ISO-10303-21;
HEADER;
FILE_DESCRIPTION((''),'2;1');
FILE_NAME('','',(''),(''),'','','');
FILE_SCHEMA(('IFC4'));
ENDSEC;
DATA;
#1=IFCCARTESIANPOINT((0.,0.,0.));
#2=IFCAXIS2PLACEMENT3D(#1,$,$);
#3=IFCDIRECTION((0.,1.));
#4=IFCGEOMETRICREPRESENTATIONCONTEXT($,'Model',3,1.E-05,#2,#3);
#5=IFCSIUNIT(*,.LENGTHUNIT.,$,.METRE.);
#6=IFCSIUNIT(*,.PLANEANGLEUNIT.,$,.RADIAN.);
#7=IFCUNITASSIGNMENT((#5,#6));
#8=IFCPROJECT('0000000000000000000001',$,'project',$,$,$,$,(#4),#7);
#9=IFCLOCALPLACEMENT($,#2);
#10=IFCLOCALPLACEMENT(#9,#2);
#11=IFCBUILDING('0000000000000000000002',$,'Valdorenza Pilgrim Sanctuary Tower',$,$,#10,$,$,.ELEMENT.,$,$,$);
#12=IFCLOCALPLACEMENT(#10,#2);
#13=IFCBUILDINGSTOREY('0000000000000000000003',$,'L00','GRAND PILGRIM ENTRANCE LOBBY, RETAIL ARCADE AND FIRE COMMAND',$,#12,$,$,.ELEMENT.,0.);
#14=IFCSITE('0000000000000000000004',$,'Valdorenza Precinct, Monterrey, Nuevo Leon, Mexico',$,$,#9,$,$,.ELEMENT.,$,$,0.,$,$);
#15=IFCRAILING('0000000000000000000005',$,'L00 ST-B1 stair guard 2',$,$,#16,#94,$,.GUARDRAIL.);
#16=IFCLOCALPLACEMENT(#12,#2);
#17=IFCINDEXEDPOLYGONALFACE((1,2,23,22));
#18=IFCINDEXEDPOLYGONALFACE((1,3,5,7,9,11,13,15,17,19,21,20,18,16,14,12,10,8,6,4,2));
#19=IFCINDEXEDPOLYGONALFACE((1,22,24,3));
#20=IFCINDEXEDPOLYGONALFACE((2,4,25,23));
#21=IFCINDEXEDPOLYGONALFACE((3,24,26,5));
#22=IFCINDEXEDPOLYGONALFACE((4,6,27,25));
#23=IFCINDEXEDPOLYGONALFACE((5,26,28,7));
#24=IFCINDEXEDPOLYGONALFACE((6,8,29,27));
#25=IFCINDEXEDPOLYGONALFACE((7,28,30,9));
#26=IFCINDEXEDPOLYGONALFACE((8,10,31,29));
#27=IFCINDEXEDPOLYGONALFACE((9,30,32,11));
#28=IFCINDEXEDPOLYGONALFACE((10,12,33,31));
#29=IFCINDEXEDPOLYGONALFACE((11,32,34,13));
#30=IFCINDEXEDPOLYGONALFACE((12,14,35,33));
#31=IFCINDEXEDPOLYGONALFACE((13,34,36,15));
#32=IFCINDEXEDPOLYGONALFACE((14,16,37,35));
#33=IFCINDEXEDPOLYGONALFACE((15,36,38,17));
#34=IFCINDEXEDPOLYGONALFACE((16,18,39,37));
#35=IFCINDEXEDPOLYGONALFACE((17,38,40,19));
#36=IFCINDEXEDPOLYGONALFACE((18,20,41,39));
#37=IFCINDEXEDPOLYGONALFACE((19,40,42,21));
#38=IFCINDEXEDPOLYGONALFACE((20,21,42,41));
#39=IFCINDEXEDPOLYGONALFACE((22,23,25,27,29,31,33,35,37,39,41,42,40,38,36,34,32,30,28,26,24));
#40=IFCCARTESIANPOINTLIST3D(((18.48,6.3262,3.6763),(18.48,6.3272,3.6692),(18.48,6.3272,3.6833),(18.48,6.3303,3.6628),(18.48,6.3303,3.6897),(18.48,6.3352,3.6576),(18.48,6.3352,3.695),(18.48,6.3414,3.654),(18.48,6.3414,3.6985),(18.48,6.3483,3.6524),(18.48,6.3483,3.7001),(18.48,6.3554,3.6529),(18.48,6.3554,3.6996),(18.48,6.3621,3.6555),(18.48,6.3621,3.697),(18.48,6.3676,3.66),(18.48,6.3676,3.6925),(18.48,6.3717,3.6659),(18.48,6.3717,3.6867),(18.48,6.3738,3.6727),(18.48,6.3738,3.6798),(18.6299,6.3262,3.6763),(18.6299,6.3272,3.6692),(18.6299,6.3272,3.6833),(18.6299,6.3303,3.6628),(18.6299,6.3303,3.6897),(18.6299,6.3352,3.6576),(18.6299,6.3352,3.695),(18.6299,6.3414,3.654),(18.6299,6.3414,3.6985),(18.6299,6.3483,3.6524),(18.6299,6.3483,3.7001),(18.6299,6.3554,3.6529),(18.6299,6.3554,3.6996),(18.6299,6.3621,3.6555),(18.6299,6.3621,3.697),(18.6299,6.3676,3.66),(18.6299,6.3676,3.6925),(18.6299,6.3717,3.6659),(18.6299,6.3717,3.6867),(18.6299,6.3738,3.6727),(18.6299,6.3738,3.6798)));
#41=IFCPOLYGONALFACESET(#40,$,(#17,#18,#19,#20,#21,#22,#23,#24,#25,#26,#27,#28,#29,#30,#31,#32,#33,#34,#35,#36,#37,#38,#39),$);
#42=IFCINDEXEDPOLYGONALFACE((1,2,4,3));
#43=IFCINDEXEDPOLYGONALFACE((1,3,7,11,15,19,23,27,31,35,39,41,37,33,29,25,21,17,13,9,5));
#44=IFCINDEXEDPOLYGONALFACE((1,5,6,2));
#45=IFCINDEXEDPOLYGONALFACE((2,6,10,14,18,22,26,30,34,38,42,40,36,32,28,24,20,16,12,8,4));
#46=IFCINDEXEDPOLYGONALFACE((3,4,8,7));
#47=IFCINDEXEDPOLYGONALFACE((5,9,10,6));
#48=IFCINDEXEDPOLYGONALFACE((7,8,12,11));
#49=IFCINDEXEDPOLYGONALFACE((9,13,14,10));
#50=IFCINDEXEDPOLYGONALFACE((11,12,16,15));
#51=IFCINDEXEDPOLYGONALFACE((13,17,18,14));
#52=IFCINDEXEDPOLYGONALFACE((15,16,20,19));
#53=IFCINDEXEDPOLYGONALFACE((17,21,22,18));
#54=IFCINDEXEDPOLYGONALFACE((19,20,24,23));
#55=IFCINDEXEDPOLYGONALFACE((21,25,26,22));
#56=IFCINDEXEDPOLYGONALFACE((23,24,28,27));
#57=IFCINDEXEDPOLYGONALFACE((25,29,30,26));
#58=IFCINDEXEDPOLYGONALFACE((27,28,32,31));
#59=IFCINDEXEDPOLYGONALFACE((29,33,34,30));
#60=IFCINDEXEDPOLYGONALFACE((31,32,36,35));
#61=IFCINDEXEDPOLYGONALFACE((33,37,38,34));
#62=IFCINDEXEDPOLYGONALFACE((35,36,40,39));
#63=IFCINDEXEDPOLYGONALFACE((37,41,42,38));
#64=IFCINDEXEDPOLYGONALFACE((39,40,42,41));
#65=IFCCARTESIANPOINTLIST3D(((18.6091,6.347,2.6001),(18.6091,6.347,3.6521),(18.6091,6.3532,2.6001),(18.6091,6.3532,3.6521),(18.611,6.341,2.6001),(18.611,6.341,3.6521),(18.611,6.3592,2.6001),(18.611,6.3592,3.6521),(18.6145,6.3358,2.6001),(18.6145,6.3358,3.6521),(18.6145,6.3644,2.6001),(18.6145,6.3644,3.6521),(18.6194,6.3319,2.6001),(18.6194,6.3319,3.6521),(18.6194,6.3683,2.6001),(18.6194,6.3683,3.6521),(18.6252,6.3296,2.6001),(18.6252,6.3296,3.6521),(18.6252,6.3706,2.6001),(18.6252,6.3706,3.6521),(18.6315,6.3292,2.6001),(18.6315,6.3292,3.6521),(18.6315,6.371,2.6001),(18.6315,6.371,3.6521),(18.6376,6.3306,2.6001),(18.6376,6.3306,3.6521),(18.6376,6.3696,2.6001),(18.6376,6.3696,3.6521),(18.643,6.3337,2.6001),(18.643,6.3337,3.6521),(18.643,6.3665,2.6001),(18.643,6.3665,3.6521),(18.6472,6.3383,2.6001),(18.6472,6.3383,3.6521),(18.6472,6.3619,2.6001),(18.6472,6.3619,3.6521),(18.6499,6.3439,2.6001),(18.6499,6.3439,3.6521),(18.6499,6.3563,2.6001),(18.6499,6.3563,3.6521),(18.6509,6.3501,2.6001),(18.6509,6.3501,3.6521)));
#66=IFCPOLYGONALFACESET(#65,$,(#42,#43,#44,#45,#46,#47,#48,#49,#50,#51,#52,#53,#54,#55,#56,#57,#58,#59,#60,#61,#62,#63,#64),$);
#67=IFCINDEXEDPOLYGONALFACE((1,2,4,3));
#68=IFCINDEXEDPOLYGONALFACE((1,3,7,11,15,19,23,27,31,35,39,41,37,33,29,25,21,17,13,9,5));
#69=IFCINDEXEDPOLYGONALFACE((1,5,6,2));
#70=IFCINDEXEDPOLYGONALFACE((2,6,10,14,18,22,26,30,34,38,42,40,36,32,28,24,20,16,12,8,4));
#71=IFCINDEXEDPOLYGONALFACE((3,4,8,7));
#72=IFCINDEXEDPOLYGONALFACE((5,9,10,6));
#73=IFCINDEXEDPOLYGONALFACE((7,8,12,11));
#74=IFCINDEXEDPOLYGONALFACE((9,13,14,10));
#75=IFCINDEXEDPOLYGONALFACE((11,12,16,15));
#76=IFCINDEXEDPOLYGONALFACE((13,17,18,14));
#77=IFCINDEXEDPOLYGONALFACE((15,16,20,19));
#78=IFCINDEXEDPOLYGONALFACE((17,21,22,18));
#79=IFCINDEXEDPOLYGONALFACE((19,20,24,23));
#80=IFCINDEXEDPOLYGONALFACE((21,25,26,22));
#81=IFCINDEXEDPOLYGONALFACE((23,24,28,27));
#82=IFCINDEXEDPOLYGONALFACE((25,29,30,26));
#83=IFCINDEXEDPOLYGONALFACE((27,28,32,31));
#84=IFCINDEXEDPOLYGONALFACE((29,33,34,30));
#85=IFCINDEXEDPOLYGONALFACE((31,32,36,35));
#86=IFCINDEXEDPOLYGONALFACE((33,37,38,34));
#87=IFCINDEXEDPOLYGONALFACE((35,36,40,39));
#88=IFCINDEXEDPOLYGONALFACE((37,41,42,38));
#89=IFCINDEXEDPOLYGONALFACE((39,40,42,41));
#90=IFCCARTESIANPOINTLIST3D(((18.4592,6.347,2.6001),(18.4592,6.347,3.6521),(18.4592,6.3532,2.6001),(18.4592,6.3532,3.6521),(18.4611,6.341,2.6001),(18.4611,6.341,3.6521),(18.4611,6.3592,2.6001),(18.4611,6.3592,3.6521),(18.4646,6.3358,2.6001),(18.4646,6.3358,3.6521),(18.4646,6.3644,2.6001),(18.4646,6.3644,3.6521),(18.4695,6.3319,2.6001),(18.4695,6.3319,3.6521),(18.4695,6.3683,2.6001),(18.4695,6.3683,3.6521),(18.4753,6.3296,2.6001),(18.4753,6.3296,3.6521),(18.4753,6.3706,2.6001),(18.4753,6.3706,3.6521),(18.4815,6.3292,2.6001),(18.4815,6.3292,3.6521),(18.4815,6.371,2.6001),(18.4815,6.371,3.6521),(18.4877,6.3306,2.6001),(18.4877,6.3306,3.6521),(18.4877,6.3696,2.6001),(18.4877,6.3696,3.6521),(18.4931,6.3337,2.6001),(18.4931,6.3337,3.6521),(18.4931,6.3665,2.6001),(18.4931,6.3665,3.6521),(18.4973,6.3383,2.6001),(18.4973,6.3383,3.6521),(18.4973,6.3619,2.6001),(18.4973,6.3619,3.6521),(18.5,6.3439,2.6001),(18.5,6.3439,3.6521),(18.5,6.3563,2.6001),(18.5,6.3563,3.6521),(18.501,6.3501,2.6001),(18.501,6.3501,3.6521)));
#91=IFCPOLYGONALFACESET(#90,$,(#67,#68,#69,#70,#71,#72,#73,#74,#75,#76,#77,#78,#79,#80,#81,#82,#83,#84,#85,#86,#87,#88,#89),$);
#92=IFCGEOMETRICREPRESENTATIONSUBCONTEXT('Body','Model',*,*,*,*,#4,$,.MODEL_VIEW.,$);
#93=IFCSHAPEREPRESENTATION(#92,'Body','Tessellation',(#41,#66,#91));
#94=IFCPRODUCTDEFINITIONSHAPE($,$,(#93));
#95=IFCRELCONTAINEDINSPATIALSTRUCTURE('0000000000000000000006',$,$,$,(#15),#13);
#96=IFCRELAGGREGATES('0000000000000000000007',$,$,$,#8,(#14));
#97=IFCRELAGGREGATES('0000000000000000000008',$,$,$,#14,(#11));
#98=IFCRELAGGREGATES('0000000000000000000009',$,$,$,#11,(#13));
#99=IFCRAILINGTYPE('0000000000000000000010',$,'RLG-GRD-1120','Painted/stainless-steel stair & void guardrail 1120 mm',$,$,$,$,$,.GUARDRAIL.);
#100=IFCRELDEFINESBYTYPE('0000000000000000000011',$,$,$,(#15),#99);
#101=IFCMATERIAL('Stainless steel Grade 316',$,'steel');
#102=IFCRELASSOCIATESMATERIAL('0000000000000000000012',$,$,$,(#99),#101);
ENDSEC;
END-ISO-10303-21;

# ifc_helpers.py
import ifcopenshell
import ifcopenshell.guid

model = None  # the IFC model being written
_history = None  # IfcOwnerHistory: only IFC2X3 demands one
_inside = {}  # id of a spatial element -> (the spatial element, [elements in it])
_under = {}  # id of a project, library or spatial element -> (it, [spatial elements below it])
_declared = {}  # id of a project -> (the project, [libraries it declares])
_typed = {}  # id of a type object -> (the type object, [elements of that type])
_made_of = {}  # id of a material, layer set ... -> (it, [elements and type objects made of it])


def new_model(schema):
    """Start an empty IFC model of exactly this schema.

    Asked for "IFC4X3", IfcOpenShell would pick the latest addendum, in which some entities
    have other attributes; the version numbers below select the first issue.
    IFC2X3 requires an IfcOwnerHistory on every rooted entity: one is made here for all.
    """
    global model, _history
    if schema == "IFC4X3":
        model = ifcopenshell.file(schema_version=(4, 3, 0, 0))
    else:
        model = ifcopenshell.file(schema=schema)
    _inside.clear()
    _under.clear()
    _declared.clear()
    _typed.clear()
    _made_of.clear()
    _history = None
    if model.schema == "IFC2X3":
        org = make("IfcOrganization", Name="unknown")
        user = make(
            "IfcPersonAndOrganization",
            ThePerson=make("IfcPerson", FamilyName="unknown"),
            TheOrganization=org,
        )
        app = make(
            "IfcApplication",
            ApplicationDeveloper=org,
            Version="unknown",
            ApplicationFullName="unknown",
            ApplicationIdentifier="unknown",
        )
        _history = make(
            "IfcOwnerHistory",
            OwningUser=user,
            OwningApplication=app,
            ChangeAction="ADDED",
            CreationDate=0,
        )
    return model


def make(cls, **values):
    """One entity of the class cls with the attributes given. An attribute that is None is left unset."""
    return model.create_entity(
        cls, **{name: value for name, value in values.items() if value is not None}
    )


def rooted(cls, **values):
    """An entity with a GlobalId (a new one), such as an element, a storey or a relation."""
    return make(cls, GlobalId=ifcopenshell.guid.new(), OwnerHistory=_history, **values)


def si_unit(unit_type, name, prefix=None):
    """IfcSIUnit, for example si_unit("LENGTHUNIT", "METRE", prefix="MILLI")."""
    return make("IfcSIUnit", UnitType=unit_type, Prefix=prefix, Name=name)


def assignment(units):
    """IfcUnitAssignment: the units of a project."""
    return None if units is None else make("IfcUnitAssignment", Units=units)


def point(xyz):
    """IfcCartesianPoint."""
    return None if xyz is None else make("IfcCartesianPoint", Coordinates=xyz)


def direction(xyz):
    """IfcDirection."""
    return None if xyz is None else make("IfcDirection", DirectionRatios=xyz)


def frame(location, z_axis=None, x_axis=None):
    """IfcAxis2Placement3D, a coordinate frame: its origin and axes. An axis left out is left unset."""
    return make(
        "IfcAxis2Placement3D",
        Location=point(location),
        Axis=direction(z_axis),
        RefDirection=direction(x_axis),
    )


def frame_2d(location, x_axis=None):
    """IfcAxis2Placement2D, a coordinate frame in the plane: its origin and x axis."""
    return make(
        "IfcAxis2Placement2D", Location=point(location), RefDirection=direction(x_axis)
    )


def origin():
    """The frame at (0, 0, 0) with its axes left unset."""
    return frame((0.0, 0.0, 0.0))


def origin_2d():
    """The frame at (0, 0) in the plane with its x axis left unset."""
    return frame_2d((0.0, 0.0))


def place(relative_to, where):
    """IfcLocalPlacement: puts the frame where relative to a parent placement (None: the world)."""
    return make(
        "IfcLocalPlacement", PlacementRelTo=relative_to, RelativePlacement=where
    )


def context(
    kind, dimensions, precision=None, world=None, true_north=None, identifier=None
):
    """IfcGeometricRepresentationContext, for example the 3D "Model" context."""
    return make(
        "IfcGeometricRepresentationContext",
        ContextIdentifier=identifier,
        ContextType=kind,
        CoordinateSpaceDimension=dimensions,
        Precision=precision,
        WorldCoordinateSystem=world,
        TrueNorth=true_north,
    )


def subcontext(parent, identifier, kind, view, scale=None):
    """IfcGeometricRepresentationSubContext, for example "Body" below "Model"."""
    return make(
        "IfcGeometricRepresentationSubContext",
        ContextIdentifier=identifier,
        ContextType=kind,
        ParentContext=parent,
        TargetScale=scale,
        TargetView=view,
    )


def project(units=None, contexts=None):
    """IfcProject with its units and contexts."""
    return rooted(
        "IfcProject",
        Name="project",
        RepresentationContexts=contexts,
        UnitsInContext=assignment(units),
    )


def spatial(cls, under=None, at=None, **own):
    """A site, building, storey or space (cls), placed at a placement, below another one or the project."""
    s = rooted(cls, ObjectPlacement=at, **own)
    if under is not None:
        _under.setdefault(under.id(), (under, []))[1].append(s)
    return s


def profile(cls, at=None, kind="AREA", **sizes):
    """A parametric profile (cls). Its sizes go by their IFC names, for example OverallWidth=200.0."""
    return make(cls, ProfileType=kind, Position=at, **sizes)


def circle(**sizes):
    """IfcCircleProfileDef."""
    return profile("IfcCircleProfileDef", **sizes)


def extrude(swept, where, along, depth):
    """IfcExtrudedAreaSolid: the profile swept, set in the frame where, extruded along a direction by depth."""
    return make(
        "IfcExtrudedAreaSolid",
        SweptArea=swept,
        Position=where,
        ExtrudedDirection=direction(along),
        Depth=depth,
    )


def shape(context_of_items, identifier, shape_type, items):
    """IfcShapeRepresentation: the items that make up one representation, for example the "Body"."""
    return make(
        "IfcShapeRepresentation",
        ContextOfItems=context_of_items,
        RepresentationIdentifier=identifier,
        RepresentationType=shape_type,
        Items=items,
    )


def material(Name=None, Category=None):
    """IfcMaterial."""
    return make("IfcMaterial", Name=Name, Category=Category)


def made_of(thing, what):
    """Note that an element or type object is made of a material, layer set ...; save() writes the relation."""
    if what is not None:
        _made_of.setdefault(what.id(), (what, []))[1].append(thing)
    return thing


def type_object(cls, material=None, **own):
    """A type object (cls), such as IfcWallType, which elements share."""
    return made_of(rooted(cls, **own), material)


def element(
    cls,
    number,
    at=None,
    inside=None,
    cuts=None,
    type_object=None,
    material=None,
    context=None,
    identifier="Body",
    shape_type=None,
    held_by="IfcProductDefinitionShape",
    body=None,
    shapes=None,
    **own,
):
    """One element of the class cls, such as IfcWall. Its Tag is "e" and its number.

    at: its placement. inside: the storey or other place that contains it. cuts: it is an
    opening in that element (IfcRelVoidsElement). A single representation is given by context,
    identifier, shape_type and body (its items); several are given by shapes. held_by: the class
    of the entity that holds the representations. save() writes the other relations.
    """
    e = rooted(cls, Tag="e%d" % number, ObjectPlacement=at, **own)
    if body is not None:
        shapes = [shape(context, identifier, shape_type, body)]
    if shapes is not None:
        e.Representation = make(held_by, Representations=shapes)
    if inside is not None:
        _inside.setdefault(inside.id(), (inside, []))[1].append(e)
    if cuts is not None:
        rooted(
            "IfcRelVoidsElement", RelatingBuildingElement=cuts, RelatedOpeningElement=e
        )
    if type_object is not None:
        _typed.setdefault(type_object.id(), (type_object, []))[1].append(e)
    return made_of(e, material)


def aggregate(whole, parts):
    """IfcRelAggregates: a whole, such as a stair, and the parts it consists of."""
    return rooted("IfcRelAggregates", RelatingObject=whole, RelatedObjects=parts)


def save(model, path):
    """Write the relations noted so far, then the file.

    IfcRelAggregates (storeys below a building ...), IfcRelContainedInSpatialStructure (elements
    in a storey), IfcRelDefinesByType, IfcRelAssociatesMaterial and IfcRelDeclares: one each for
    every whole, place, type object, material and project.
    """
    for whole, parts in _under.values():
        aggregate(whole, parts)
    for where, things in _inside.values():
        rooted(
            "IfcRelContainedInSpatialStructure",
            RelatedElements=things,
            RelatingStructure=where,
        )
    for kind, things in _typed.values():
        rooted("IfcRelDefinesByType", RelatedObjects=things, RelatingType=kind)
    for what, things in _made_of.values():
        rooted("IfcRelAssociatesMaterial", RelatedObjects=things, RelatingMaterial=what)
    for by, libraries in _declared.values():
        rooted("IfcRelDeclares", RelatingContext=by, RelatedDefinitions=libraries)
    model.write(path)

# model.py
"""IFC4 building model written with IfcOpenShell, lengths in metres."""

from ifc_helpers import new_model, si_unit, direction, frame, origin, origin_2d, place, context, subcontext, project, spatial, circle, extrude, material, type_object, element, save


model = new_model("IFC4")

# Units and contexts
model_context = context("Model", 3, precision=1e-05, world=origin(), true_north=direction((0.0, 1.0)))
body_context = subcontext(model_context, "Body", "Model", "MODEL_VIEW")
ifc_project = project(units=[si_unit("LENGTHUNIT", "METRE"), si_unit("PLANEANGLEUNIT", "RADIAN")], contexts=[model_context])

# Site, building, storey
site_placement = place(None, origin())
site = spatial("IfcSite", under=ifc_project, at=site_placement, Name="Valdorenza Precinct, Monterrey, Nuevo Leon, Mexico", CompositionType="ELEMENT", RefElevation=0.0)
building_placement = place(site_placement, origin())
building = spatial("IfcBuilding", under=site, at=building_placement, Name="Valdorenza Pilgrim Sanctuary Tower", CompositionType="ELEMENT")
storey_placement = place(building_placement, origin())
storey = spatial("IfcBuildingStorey", under=building, at=storey_placement, Name="L00", Description="GRAND PILGRIM ENTRANCE LOBBY, RETAIL ARCADE AND FIRE COMMAND", CompositionType="ELEMENT", Elevation=0.0)

# Railing
ifc_material_1 = material(Name="Stainless steel Grade 316", Category="steel")
railing_type_1 = type_object("IfcRailingType", Name="RLG-GRD-1120", Description="Painted/stainless-steel stair & void guardrail 1120 mm", PredefinedType="GUARDRAIL", material=ifc_material_1)
railing_1_placement = place(storey_placement, frame((18.6299, 6.3501, 2.6001)))
element("IfcRailing", 1, at=railing_1_placement, inside=storey, type_object=railing_type_1, Name="L00 ST-B1 stair guard 2", PredefinedType="GUARDRAIL", context=body_context, shape_type="SweptSolid", body=[
    extrude(circle(Radius=0.0239, at=origin_2d()), frame((0.0, 0.0, 1.0762), z_axis=(-1.0, 0.0, 0.0), x_axis=(0.0, -1.0, 0.0)), (0.0, 0.0, 1.0), 0.1499),
    extrude(circle(Radius=0.021, at=origin_2d()), origin(), (0.0, 0.0, 1.0), 1.052),
    extrude(circle(Radius=0.021, at=origin_2d()), frame((-0.1499, 0.0, 0.0)), (0.0, 0.0, 1.0), 1.052),
])

save(model, "model.ifc")
